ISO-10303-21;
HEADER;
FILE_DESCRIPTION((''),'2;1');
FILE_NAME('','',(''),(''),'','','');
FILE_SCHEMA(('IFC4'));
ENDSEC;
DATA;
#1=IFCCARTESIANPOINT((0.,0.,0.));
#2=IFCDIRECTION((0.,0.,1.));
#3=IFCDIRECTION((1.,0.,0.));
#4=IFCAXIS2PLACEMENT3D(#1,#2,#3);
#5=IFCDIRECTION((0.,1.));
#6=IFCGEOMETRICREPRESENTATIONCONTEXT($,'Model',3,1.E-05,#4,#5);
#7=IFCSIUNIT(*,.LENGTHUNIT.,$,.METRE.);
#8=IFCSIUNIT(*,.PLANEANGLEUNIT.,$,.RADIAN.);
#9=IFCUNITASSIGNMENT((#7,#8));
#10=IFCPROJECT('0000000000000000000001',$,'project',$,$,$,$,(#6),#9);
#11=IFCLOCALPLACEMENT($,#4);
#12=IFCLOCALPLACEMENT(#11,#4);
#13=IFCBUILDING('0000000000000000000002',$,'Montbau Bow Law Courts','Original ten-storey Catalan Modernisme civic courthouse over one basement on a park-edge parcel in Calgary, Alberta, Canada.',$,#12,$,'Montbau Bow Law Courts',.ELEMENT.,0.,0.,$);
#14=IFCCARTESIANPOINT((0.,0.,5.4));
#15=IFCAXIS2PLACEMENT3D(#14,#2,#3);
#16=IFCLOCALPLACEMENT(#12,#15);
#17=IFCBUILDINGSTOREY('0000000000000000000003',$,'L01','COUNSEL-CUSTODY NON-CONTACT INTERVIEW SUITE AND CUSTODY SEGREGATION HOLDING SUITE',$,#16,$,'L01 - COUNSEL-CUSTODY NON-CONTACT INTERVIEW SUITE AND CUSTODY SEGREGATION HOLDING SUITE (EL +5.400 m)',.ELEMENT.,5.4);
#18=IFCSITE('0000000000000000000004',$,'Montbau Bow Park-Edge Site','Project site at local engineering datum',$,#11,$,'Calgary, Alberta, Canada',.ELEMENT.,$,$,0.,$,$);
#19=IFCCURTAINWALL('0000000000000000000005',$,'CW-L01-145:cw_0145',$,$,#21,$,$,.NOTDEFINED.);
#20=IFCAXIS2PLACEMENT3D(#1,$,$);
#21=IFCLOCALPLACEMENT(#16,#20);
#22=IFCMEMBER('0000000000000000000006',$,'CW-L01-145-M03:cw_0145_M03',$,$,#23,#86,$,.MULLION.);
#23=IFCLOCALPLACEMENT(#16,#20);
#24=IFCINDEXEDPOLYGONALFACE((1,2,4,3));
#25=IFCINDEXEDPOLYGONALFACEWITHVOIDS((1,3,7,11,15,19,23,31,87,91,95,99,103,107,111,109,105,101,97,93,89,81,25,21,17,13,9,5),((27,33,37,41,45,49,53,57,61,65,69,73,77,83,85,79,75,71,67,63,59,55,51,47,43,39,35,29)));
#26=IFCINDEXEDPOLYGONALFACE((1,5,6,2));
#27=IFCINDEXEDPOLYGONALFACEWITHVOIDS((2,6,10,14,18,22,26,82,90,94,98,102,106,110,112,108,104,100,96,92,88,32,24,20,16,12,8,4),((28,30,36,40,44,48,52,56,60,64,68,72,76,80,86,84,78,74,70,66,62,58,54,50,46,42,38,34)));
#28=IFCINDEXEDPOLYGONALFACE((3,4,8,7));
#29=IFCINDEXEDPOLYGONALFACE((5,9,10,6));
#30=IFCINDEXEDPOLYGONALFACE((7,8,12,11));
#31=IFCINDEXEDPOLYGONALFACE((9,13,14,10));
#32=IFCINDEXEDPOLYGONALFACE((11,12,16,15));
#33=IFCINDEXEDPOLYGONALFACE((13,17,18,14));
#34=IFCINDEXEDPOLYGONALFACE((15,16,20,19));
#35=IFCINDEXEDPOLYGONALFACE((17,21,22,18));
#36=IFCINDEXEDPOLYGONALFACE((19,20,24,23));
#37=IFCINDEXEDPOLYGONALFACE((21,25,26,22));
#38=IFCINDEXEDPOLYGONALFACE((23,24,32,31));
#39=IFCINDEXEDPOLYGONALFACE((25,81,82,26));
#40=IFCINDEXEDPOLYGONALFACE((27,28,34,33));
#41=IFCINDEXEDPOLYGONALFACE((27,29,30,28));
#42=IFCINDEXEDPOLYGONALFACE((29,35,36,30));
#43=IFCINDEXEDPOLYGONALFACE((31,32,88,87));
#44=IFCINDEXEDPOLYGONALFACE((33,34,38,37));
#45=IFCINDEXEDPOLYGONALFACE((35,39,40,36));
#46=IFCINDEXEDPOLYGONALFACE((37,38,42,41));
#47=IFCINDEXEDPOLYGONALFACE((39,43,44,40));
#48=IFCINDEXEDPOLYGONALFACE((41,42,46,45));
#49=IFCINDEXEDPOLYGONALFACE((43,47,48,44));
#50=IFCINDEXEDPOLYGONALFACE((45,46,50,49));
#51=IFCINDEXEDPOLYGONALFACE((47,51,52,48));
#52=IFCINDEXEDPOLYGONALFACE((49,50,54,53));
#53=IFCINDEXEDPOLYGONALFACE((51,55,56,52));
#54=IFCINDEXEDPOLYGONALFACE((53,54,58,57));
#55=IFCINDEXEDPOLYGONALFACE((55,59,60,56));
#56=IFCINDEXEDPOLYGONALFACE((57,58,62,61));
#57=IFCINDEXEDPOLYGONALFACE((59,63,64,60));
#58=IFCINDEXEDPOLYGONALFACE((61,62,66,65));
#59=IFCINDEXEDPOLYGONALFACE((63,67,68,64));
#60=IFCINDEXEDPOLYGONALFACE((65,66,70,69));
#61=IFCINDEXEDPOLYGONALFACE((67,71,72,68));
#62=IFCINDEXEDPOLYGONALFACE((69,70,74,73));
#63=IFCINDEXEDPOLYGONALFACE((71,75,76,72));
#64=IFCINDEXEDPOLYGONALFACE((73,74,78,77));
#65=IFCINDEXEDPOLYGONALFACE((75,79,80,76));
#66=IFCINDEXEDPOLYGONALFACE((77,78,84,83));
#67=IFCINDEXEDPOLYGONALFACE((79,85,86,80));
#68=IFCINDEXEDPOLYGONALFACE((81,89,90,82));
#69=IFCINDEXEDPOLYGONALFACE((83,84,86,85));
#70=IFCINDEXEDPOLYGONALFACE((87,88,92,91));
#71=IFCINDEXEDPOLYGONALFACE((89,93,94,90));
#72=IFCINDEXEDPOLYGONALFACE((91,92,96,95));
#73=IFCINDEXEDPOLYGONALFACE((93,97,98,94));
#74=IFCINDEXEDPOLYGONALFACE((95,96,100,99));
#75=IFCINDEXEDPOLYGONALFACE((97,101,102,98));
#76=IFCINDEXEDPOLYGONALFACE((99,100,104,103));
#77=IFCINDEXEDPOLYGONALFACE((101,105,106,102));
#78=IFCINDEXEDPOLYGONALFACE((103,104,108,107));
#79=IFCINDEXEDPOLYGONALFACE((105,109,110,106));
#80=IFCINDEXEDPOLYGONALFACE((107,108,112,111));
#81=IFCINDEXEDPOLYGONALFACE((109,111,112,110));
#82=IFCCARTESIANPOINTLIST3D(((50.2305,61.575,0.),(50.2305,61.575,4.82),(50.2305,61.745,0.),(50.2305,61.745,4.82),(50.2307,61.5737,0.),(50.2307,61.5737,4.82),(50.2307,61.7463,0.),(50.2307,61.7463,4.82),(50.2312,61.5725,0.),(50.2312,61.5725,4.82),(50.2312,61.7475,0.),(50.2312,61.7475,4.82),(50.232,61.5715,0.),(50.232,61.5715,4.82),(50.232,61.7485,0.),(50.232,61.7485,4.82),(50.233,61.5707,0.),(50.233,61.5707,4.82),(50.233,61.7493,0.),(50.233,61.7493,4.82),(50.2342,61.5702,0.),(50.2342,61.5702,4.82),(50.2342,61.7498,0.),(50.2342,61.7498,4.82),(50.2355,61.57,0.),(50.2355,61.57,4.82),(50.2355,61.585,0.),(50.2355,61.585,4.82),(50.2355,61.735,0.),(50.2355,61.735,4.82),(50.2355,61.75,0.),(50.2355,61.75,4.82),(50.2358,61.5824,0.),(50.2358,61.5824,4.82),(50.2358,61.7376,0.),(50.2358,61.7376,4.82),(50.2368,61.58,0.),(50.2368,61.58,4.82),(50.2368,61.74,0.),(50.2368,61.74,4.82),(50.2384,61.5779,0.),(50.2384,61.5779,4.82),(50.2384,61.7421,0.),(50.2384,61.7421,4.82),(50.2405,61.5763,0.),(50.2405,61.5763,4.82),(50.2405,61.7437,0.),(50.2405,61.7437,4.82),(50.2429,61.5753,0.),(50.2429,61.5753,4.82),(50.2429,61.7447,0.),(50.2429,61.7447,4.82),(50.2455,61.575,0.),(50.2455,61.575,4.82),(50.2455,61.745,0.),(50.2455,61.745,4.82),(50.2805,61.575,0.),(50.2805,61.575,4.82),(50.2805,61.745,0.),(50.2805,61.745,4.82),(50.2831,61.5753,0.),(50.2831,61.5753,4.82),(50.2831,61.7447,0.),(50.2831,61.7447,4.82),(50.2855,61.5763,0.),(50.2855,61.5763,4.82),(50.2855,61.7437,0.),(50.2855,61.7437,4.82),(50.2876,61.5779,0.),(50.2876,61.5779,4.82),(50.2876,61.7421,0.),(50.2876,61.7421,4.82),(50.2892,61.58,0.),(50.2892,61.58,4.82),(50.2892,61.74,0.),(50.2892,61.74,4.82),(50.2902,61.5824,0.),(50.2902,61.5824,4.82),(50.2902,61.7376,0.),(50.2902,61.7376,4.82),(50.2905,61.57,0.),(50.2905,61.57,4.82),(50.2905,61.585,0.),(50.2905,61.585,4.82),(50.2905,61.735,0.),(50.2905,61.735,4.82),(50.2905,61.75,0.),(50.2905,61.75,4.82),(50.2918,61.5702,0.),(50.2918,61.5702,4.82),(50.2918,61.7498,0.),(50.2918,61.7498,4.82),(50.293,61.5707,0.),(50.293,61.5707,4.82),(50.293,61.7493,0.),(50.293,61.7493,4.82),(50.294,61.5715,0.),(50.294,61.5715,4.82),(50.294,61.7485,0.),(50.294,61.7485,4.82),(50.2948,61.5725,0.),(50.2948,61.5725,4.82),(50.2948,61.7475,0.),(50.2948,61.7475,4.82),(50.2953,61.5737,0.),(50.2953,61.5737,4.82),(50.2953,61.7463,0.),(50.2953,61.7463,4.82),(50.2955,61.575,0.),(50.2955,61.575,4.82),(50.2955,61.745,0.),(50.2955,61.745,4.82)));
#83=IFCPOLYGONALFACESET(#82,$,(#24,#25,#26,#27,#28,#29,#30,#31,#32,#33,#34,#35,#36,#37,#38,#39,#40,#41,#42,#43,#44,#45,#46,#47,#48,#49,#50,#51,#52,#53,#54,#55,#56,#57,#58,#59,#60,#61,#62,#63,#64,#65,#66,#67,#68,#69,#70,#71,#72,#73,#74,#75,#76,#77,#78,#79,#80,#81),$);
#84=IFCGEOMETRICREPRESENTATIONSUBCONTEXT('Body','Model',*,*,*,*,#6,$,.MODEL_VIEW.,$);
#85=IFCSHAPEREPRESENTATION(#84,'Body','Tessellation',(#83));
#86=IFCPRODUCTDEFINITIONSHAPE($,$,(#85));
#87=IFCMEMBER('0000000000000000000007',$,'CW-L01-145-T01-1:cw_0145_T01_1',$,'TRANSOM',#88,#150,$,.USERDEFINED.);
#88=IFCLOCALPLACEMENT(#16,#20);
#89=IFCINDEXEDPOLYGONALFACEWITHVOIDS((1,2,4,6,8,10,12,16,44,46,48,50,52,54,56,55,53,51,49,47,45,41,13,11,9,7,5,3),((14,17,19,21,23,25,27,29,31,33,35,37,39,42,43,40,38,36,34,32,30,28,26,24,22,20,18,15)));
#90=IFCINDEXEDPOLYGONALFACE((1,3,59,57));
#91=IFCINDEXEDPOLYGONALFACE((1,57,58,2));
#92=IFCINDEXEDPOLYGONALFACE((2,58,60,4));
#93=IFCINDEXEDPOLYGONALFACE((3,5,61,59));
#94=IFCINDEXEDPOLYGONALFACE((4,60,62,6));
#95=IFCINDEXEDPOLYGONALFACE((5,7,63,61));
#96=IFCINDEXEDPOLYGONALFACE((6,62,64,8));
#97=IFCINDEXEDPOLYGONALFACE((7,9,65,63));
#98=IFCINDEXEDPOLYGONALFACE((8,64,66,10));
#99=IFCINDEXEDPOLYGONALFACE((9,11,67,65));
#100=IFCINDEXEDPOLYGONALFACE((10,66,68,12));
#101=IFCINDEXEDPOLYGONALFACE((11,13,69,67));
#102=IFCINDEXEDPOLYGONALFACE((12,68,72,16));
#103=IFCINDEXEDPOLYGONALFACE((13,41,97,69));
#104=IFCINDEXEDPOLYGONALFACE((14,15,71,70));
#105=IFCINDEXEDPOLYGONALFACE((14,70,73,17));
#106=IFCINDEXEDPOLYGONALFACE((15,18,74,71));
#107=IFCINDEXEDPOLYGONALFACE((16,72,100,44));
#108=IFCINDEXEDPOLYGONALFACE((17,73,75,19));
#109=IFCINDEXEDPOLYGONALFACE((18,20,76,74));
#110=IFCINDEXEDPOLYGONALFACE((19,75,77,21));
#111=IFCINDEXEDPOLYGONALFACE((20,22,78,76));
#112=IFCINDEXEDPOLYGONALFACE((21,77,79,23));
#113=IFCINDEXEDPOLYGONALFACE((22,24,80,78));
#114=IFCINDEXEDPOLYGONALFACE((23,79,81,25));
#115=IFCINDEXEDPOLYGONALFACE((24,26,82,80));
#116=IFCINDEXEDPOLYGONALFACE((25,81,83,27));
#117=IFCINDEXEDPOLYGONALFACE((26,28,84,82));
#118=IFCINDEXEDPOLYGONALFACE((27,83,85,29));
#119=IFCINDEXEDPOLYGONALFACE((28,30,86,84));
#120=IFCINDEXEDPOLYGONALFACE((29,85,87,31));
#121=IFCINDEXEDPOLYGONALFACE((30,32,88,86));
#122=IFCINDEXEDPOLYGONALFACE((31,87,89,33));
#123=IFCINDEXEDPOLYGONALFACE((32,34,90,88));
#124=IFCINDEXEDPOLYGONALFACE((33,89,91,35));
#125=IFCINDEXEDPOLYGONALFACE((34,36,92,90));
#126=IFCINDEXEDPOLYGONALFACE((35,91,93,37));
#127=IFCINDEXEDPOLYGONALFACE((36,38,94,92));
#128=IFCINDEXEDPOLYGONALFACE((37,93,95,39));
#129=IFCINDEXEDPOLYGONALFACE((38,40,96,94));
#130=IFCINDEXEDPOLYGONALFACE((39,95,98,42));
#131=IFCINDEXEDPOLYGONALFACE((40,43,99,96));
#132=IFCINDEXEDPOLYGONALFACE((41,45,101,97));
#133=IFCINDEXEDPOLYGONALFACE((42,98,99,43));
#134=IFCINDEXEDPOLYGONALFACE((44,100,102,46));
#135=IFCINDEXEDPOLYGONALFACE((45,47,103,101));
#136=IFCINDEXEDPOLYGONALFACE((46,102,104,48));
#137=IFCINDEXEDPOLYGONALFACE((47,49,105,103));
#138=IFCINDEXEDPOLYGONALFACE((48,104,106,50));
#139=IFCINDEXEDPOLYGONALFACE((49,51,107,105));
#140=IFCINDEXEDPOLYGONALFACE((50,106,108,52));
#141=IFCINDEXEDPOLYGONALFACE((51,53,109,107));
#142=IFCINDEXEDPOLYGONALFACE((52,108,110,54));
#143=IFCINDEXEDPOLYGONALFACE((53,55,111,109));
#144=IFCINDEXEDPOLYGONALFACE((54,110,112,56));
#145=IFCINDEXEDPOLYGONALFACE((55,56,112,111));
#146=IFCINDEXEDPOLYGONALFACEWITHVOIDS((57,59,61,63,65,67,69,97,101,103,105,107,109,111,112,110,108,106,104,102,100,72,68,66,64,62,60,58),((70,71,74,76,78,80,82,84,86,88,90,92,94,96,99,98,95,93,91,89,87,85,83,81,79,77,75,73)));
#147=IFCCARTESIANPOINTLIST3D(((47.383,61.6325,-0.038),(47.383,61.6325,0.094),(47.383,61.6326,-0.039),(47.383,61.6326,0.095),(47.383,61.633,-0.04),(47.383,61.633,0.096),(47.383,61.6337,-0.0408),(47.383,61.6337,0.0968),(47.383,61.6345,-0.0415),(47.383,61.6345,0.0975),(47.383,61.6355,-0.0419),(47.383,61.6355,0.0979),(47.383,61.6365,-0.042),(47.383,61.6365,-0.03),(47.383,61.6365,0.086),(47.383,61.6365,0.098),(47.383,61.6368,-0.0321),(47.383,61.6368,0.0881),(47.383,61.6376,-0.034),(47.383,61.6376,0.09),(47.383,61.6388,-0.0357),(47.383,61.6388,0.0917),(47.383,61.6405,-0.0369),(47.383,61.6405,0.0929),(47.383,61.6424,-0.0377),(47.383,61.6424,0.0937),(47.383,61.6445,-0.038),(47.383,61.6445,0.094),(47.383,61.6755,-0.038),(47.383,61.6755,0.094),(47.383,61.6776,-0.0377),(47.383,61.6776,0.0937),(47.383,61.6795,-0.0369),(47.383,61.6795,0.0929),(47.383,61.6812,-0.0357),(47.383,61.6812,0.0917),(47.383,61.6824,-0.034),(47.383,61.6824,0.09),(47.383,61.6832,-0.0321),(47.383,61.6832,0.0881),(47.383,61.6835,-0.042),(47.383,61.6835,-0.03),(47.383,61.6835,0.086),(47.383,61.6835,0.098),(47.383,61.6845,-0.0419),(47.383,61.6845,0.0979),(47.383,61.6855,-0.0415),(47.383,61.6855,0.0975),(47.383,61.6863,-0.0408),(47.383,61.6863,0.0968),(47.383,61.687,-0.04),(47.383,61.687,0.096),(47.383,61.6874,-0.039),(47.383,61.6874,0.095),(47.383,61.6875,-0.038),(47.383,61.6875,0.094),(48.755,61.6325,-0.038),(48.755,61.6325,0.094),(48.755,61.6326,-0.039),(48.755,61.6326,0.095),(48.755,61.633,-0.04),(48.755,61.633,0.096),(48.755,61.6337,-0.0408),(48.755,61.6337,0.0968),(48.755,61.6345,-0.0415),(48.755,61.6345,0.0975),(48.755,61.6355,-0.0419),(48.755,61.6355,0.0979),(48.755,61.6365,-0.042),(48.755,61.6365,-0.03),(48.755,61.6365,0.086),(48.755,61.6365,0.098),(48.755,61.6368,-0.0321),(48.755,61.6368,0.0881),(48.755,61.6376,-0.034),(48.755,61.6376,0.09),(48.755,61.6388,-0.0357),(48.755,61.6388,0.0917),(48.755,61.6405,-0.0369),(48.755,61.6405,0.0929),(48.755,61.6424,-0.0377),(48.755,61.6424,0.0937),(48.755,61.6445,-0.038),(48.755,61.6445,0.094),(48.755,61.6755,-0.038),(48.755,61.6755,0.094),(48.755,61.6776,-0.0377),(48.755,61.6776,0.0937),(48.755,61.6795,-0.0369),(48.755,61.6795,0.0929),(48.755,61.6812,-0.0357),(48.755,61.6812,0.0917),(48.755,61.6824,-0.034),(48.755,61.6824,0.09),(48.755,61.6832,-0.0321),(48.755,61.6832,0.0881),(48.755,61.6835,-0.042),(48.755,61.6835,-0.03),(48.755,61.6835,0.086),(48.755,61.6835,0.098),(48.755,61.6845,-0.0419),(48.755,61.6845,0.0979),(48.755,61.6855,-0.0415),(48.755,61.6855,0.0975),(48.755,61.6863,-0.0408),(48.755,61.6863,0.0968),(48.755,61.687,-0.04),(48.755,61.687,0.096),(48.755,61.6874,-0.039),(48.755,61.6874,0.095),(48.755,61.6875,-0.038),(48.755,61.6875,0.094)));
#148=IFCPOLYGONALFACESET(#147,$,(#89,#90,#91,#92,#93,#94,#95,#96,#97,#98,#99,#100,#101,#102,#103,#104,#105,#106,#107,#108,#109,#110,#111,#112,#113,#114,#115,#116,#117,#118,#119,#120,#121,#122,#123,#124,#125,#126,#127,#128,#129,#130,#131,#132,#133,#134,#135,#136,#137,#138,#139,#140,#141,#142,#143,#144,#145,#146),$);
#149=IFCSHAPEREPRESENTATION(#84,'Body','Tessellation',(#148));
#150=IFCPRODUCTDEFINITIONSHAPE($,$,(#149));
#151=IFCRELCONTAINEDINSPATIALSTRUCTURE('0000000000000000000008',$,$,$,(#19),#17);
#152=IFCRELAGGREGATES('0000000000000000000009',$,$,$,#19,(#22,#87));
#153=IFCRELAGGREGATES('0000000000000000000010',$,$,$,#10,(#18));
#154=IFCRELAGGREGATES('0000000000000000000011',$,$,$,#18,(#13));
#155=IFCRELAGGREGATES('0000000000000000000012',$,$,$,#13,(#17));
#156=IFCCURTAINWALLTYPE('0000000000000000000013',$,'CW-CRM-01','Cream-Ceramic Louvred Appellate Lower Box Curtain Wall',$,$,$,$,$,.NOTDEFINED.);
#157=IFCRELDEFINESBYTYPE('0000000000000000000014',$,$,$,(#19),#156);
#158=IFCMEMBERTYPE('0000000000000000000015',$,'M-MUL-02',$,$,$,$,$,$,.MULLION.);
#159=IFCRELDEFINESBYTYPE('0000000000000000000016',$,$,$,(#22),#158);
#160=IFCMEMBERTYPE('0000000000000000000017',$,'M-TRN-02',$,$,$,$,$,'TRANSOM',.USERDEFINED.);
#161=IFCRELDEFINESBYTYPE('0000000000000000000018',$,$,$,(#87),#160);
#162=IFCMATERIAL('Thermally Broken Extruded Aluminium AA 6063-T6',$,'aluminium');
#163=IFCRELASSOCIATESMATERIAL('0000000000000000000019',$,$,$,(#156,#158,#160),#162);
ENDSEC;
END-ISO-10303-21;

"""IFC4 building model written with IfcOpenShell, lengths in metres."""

from ifc_helpers import new_model, si_unit, direction, frame, origin_with_axes, origin_2d_with_axis, place, context, subcontext, project, spatial, hollow_rectangle, extrude, material, material_profile, profile_set, type_object, element, aggregate, save


model = new_model("IFC4")

# Units and contexts
model_context = context("Model", 3, precision=1e-05, world=origin_with_axes(), true_north=direction((0.0, 1.0)))
body_context = subcontext(model_context, "Body", "Model", "MODEL_VIEW")
ifc_project = project(units=[si_unit("LENGTHUNIT", "METRE"), si_unit("PLANEANGLEUNIT", "RADIAN")], contexts=[model_context])

# Site, building, storey
site_placement = place(None, origin_with_axes())
site = spatial("IfcSite", under=ifc_project, at=site_placement, Name="Montbau Bow Park-Edge Site", Description="Project site at local engineering datum", LongName="Calgary, Alberta, Canada", CompositionType="ELEMENT", RefElevation=0.0)
building_placement = place(site_placement, origin_with_axes())
building = spatial("IfcBuilding", under=site, at=building_placement, Name="Montbau Bow Law Courts", Description="Original ten-storey Catalan Modernisme civic courthouse over one basement on a park-edge parcel in Calgary, Alberta, Canada.", LongName="Montbau Bow Law Courts", CompositionType="ELEMENT", ElevationOfRefHeight=0.0, ElevationOfTerrain=0.0)
storey_placement = place(building_placement, frame((0.0, 0.0, 5.4), z_axis=(0.0, 0.0, 1.0), x_axis=(1.0, 0.0, 0.0)))
storey = spatial("IfcBuildingStorey", under=building, at=storey_placement, Name="L01", Description="COUNSEL-CUSTODY NON-CONTACT INTERVIEW SUITE AND CUSTODY SEGREGATION HOLDING SUITE", LongName="L01 - COUNSEL-CUSTODY NON-CONTACT INTERVIEW SUITE AND CUSTODY SEGREGATION HOLDING SUITE (EL +5.400 m)", CompositionType="ELEMENT", Elevation=5.4)

# Shared definitions
ifc_material_1 = material(Name="Thermally Broken Extruded Aluminium AA 6063-T6", Category="aluminium")
curtain_wall_type = type_object("IfcCurtainWallType", Name="CW-CRM-01", Description="Cream-Ceramic Louvred Appellate Lower Box Curtain Wall", PredefinedType="NOTDEFINED", material=ifc_material_1)

# Curtain wall, members
curtain_wall_1_placement = place(None, frame((47.315, 61.66, 5.4), z_axis=(0.0, 0.0, 1.0), x_axis=(1.0, 0.0, 0.0)))
curtain_wall_1 = element("IfcCurtainWall", 1, at=curtain_wall_1_placement, inside=storey, type_object=curtain_wall_type, Name="CW-L01-145:cw_0145", PredefinedType="NOTDEFINED")
ifc_material_profile_1 = material_profile(ifc_material_1, hollow_rectangle(XDim=0.065, YDim=0.18, WallThickness=0.005, InnerFilletRadius=0.01, OuterFilletRadius=0.005, at=origin_2d_with_axis()), Name="CWM-180X65", Category="Main", Priority=0)
ifc_profile_set_1 = profile_set([ifc_material_profile_1], Name="Thermally Broken Extruded Aluminium AA 6063-T6")
member_type_1 = type_object("IfcMemberType", Name="M-MUL-02", PredefinedType="MULLION", material=ifc_profile_set_1)
member_1_placement = place(None, frame((50.263, 61.66, 5.4), z_axis=(0.0, 0.0, 1.0), x_axis=(1.0, 0.0, 0.0)))
member_1 = element("IfcMember", 2, at=member_1_placement, type_object=member_type_1, Name="CW-L01-145-M03:cw_0145_M03", PredefinedType="MULLION", context=body_context, shape_type="SweptSolid", body=[
    extrude(hollow_rectangle(XDim=0.065, YDim=0.18, WallThickness=0.005, InnerFilletRadius=0.01, OuterFilletRadius=0.005, at=origin_2d_with_axis()), origin_with_axes(), (0.0, 0.0, 1.0), 4.82),
])
ifc_material_profile_2 = material_profile(ifc_material_1, hollow_rectangle(XDim=0.055, YDim=0.14, WallThickness=0.004, InnerFilletRadius=0.008, OuterFilletRadius=0.004, at=origin_2d_with_axis()), Name="CWT-140X55", Category="Main", Priority=0)
ifc_profile_set_2 = profile_set([ifc_material_profile_2], Name="Thermally Broken Extruded Aluminium AA 6063-T6")
member_type_2 = type_object("IfcMemberType", Name="M-TRN-02", ElementType="TRANSOM", PredefinedType="USERDEFINED", material=ifc_profile_set_2)
member_2_placement = place(None, frame((47.383, 61.66, 5.428), z_axis=(1.0, 0.0, 0.0), x_axis=(0.0, 1.0, 0.0)))
member_2 = element("IfcMember", 3, at=member_2_placement, type_object=member_type_2, Name="CW-L01-145-T01-1:cw_0145_T01_1", ObjectType="TRANSOM", PredefinedType="USERDEFINED", context=body_context, shape_type="SweptSolid", body=[
    extrude(hollow_rectangle(XDim=0.055, YDim=0.14, WallThickness=0.004, InnerFilletRadius=0.008, OuterFilletRadius=0.004, at=origin_2d_with_axis()), origin_with_axes(), (0.0, 0.0, 1.0), 1.372),
])
aggregate(curtain_wall_1, [member_1, member_2])

save(model, "model.ifc")
